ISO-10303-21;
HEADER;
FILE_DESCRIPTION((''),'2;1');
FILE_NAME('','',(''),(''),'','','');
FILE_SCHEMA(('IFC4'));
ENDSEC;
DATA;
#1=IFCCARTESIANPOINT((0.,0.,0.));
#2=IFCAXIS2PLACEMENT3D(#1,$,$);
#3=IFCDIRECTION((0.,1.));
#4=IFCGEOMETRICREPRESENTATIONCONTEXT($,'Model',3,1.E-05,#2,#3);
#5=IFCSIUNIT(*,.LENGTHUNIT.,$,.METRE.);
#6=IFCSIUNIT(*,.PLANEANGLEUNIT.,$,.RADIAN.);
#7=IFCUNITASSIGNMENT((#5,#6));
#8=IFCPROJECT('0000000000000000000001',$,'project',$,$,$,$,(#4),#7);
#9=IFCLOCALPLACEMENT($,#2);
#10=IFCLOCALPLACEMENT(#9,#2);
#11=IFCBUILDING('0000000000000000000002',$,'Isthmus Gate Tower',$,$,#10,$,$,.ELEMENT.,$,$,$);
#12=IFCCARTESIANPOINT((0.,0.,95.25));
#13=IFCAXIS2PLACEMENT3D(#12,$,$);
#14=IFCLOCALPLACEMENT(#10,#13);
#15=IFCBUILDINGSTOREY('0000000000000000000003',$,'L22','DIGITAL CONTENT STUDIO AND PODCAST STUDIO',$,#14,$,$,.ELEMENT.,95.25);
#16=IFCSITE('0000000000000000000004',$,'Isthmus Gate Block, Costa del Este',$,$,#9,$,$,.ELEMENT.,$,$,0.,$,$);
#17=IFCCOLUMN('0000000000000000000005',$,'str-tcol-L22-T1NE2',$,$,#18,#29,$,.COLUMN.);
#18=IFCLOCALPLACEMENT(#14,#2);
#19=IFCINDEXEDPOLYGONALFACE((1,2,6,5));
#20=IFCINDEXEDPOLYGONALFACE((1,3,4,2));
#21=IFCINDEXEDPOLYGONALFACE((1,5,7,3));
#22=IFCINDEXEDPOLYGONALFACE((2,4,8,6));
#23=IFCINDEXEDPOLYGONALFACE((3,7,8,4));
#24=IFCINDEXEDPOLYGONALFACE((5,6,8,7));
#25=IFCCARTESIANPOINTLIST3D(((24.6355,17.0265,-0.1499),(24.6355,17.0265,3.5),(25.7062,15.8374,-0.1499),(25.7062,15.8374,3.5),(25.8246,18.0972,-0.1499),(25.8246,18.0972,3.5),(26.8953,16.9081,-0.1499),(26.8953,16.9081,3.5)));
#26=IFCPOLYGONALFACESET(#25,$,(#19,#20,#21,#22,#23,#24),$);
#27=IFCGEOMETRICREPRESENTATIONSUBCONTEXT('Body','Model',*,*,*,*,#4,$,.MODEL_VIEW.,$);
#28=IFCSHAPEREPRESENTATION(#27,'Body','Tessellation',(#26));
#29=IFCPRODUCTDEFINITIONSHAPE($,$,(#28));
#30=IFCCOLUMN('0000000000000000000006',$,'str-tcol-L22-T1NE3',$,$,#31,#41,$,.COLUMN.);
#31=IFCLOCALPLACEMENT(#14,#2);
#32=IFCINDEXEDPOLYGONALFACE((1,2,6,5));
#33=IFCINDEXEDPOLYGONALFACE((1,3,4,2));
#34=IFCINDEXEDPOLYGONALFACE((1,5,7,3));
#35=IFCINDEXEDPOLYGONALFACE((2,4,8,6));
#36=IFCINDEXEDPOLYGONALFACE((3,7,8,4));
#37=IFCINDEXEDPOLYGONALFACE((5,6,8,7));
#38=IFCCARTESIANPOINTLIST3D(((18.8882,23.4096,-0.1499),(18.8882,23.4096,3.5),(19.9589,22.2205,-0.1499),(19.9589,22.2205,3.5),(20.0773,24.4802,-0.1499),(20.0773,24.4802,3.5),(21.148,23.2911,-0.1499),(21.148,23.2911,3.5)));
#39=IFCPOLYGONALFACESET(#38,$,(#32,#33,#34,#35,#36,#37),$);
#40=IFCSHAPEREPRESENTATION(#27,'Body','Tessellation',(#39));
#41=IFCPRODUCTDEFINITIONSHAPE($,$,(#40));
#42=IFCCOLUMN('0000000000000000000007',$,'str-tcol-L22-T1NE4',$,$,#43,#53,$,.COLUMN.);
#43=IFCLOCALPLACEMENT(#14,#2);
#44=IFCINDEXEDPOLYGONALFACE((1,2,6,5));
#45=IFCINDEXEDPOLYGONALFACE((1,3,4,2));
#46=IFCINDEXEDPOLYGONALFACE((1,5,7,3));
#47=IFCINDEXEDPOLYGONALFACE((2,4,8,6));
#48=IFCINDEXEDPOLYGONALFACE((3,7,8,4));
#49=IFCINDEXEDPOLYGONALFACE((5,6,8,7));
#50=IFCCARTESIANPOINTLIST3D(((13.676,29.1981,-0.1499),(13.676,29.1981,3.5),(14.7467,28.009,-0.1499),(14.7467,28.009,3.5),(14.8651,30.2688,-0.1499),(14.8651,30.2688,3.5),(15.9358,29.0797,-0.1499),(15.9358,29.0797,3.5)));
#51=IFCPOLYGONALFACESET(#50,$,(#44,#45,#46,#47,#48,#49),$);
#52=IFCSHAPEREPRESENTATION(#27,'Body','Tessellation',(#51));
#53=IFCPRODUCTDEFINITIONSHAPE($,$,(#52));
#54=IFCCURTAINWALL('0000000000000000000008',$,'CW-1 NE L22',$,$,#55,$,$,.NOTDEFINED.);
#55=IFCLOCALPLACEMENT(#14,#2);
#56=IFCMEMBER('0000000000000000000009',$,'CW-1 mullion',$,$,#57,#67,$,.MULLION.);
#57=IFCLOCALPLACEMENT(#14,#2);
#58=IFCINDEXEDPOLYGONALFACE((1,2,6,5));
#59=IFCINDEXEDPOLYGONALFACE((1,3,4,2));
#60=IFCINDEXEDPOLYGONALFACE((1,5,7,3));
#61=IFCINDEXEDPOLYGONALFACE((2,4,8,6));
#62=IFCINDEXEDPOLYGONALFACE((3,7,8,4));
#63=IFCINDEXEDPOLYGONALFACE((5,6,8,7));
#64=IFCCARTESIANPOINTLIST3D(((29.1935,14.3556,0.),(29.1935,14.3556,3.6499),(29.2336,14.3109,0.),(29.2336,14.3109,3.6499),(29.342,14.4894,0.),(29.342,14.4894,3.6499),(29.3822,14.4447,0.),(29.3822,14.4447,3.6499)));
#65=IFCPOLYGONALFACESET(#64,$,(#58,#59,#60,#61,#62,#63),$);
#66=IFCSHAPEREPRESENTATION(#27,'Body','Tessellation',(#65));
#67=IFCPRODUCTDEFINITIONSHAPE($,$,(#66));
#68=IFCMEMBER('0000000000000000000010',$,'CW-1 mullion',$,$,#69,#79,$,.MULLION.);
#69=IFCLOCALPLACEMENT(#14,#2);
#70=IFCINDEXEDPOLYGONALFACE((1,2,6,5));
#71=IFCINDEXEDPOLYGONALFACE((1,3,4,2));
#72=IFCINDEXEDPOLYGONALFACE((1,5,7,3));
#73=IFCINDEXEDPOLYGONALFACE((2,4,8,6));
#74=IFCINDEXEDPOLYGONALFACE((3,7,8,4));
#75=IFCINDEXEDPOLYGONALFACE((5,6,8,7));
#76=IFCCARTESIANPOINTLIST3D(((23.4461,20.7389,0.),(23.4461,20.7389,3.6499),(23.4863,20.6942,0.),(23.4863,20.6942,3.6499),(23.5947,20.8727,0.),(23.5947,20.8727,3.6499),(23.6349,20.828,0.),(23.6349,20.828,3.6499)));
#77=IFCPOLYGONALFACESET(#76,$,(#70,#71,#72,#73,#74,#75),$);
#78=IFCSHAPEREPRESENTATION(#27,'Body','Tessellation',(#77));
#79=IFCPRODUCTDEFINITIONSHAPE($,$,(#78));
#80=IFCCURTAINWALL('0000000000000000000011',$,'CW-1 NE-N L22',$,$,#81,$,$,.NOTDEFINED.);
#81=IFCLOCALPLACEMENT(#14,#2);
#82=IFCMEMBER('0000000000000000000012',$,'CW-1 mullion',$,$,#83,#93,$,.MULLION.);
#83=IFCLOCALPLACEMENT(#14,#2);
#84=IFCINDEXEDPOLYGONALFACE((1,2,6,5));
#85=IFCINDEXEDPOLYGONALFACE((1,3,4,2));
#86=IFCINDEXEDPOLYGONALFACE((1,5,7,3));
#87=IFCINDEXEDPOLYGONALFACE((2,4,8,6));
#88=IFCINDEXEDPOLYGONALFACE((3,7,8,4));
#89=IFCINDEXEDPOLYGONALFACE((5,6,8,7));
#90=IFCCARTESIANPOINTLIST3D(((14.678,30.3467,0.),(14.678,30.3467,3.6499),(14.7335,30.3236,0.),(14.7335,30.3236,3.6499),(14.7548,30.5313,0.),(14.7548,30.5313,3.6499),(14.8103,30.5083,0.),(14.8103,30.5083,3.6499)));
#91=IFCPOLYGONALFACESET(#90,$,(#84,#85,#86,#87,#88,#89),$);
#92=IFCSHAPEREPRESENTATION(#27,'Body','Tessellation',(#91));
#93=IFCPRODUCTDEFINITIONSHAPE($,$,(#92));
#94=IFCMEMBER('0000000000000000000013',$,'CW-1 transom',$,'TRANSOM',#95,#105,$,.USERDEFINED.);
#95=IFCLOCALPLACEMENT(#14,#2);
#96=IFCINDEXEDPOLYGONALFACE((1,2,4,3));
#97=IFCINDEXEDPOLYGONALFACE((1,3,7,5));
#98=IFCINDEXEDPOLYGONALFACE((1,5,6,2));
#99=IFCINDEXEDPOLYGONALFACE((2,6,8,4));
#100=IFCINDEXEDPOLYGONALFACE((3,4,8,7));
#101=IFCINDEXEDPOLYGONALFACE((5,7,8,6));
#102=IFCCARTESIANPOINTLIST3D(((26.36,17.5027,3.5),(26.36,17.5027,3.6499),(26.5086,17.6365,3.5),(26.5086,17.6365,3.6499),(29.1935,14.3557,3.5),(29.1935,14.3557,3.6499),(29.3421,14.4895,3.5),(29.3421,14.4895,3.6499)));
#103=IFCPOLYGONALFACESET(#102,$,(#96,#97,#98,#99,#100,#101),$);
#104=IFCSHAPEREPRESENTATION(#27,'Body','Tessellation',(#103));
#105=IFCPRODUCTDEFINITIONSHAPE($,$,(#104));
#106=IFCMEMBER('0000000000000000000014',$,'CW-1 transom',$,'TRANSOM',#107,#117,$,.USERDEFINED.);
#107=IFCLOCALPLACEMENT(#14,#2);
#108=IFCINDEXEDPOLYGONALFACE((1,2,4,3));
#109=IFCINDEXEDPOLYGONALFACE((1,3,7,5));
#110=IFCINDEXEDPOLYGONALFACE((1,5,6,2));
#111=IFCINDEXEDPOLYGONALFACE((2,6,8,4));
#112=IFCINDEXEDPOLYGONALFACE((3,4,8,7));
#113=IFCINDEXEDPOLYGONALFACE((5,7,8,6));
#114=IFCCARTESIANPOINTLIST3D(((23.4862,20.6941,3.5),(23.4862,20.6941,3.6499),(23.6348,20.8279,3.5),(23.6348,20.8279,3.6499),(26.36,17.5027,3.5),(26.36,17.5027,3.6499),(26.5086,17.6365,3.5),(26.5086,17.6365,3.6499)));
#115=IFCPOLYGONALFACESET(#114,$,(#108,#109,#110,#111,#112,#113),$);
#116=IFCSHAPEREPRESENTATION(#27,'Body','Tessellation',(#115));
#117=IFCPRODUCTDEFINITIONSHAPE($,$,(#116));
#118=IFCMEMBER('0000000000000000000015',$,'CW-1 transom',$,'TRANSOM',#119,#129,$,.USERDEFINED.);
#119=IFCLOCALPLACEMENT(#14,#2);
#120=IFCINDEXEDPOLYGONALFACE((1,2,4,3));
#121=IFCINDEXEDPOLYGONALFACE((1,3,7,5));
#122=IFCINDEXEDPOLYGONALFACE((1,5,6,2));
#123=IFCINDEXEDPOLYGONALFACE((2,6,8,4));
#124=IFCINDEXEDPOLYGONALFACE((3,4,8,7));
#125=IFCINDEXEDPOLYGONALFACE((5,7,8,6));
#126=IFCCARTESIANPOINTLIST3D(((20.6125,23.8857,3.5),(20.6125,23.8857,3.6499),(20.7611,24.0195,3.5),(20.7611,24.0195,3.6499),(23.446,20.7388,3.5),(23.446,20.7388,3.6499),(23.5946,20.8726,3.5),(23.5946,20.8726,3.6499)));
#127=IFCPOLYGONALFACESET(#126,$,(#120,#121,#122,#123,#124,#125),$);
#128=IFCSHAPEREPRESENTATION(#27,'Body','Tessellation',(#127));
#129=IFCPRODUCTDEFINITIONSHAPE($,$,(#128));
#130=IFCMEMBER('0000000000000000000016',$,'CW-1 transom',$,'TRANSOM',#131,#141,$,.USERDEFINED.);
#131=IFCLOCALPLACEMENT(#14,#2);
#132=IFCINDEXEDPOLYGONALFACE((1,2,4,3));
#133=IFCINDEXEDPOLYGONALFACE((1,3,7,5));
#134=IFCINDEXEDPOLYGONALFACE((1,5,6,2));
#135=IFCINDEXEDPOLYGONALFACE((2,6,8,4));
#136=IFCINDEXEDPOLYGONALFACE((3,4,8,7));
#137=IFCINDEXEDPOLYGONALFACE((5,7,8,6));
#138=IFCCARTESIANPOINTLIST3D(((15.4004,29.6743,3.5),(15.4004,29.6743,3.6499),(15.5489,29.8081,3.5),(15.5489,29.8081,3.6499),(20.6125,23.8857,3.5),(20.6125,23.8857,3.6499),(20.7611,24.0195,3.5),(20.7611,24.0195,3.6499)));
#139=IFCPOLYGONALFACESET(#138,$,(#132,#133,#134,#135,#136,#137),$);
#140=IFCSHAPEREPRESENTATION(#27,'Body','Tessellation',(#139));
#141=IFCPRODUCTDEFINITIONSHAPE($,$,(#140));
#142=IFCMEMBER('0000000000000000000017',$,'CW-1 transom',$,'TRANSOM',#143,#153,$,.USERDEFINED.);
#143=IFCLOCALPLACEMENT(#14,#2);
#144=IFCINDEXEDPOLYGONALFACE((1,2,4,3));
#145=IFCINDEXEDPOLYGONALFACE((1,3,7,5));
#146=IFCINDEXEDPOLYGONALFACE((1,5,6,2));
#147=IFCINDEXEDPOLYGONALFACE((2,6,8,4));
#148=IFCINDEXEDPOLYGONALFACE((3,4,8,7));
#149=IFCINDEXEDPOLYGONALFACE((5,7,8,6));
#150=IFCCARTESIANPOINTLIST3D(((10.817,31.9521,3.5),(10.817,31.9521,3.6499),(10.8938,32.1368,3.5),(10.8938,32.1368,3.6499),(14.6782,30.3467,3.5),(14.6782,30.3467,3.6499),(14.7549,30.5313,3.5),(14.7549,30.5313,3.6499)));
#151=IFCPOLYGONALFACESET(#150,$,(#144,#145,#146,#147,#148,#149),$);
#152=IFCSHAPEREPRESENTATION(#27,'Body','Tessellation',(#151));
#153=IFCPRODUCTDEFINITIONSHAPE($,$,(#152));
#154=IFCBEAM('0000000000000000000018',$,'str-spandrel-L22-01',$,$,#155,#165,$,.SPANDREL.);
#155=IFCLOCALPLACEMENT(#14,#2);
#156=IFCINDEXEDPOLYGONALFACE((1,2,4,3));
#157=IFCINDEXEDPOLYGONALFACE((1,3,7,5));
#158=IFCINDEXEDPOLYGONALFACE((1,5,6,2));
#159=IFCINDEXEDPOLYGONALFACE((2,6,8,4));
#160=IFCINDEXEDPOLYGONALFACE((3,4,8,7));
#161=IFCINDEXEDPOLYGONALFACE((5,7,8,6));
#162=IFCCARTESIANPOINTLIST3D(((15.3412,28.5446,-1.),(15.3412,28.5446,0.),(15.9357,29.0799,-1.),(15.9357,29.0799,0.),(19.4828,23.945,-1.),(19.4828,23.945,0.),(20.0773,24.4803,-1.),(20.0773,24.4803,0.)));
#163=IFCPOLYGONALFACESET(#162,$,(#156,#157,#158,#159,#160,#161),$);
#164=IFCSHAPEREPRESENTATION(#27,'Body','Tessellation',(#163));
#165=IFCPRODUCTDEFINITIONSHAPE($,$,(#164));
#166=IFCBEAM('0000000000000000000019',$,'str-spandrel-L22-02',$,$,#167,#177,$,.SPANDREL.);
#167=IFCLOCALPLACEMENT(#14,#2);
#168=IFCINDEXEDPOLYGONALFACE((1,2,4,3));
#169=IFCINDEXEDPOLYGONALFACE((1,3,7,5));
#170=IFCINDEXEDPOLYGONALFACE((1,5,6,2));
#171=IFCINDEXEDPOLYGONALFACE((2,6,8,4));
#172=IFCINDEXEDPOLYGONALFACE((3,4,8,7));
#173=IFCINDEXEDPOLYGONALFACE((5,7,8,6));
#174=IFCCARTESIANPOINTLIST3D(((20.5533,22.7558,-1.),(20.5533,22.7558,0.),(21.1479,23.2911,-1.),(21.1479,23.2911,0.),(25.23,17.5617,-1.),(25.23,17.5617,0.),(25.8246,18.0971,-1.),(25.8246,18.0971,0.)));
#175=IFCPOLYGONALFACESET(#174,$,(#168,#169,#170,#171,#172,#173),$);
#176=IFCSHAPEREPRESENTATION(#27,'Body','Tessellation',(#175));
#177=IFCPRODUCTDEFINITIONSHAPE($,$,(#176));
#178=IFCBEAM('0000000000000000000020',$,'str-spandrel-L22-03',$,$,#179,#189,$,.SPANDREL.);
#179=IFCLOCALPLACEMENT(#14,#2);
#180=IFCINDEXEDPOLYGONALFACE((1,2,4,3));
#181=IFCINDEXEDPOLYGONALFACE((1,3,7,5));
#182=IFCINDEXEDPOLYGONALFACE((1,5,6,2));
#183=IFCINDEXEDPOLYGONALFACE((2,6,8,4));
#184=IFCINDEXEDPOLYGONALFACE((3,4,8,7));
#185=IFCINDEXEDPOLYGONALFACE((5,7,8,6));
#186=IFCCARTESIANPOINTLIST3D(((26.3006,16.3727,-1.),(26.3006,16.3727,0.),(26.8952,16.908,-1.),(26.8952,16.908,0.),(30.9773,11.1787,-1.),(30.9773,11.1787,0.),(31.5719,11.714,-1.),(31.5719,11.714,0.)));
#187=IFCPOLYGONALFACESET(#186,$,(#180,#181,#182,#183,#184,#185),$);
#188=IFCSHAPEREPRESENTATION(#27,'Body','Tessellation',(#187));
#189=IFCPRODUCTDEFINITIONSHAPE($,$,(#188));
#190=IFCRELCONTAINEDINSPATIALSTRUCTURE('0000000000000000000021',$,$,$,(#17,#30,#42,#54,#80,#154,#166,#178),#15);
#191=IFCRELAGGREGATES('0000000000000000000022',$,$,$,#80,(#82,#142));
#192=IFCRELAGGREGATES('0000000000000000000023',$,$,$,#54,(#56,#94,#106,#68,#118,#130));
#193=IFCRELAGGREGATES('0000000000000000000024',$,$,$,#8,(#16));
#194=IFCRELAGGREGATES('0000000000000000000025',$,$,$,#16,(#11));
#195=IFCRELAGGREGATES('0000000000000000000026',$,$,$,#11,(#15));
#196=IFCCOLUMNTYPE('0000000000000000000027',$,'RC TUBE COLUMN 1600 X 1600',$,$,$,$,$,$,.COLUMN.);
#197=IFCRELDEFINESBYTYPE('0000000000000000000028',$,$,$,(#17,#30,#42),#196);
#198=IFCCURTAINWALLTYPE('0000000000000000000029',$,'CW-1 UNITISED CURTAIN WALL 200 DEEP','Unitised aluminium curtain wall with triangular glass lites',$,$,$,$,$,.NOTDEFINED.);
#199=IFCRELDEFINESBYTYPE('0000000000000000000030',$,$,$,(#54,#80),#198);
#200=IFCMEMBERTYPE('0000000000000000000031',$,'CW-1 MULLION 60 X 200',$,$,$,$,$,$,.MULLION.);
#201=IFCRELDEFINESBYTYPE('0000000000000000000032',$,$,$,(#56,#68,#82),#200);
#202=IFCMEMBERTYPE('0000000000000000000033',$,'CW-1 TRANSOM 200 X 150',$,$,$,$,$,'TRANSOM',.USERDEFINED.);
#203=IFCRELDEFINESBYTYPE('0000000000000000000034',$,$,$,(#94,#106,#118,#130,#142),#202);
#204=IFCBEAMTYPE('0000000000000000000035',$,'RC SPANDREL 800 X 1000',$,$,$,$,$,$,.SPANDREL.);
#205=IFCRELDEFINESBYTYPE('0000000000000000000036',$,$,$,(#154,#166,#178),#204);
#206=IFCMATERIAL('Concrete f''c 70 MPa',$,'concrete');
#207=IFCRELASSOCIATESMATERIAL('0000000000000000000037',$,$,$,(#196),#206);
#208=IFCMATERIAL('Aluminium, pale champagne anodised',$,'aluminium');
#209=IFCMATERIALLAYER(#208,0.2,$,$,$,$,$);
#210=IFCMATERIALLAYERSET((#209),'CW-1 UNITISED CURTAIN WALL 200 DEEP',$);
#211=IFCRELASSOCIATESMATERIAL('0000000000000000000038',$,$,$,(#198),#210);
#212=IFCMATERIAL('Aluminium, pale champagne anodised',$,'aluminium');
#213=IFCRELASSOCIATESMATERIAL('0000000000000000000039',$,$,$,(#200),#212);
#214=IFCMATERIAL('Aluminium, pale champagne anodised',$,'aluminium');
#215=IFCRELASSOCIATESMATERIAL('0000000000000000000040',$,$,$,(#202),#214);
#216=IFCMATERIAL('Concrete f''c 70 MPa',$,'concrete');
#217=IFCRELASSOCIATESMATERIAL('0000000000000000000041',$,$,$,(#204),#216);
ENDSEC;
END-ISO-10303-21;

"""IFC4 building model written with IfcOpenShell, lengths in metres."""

from ifc_helpers import new_model, si_unit, direction, frame, origin, origin_2d, place, context, subcontext, project, spatial, rectangle, extrude, material, layer, layer_set, material_profile, profile_set, type_object, element, aggregate, save


model = new_model("IFC4")

# Units and contexts
model_context = context("Model", 3, precision=1e-05, world=origin(), true_north=direction((0.0, 1.0)))
body_context = subcontext(model_context, "Body", "Model", "MODEL_VIEW")
ifc_project = project(units=[si_unit("LENGTHUNIT", "METRE"), si_unit("PLANEANGLEUNIT", "RADIAN")], contexts=[model_context])

# Site, building, storey
site_placement = place(None, origin())
site = spatial("IfcSite", under=ifc_project, at=site_placement, Name="Isthmus Gate Block, Costa del Este", CompositionType="ELEMENT", RefElevation=0.0)
building_placement = place(site_placement, origin())
building = spatial("IfcBuilding", under=site, at=building_placement, Name="Isthmus Gate Tower", CompositionType="ELEMENT")
storey_placement = place(building_placement, frame((0.0, 0.0, 95.25)))
storey = spatial("IfcBuildingStorey", under=building, at=storey_placement, Name="L22", Description="DIGITAL CONTENT STUDIO AND PODCAST STUDIO", CompositionType="ELEMENT", Elevation=95.25)

# Columns
ifc_material_1 = material(Name="Concrete f'c 70 MPa", Category="concrete")
ifc_material_profile_1 = material_profile(ifc_material_1, rectangle(XDim=1.6001, YDim=1.6001, at=origin_2d()), Name="RC 1600X1600")
ifc_profile_set_1 = profile_set([ifc_material_profile_1], Name="Concrete f'c 70 MPa")
column_type = type_object("IfcColumnType", Name="RC TUBE COLUMN 1600 X 1600", PredefinedType="COLUMN", material=ifc_profile_set_1)
for number, where, z_axis, x_axis, name in (
    (1, (25.7654, 16.9673, -0.1499), (0.0, 0.0, 1.0), (-0.669131, 0.743145, 0.0), "str-tcol-L22-T1NE2"),
    (2, (20.0181, 23.3503, -0.1499), (0.0, 0.0, 1.0), (-0.669131, 0.743145, 0.0), "str-tcol-L22-T1NE3"),
    (3, (14.8059, 29.1389, -0.1499), (0.0, 0.0, 1.0), (-0.669131, 0.743145, 0.0), "str-tcol-L22-T1NE4"),
):
    element("IfcColumn", number, at=place(storey_placement, frame(where, z_axis=z_axis, x_axis=x_axis)), inside=storey, type_object=column_type, Name=name, PredefinedType="COLUMN", context=body_context, shape_type="SweptSolid", body=[
        extrude(rectangle(XDim=1.6001, YDim=1.6001, at=origin_2d()), origin(), (0.0, 0.0, 1.0), 3.6499),
    ])

# Curtain wall, members
ifc_material_2 = material(Name="Aluminium, pale champagne anodised", Category="aluminium")
ifc_layer_1 = layer(ifc_material_2, 0.2)
ifc_layer_set_1 = layer_set([ifc_layer_1], Name="CW-1 UNITISED CURTAIN WALL 200 DEEP")
curtain_wall_type = type_object("IfcCurtainWallType", Name="CW-1 UNITISED CURTAIN WALL 200 DEEP", Description="Unitised aluminium curtain wall with triangular glass lites", PredefinedType="NOTDEFINED", material=ifc_layer_set_1)
curtain_wall_1_placement = place(storey_placement, origin())
curtain_wall_1 = element("IfcCurtainWall", 4, at=curtain_wall_1_placement, inside=storey, type_object=curtain_wall_type, Name="CW-1 NE L22", PredefinedType="NOTDEFINED")
ifc_material_3 = material(Name="Aluminium, pale champagne anodised", Category="aluminium")
ifc_material_profile_2 = material_profile(ifc_material_3, rectangle(XDim=0.0601, YDim=0.2, at=origin_2d()), Name="60x200")
ifc_profile_set_2 = profile_set([ifc_material_profile_2], Name="Aluminium, pale champagne anodised")
member_type_1 = type_object("IfcMemberType", Name="CW-1 MULLION 60 X 200", PredefinedType="MULLION", material=ifc_profile_set_2)
member_1_placement = place(storey_placement, frame((29.2878, 14.4001, 0.0), z_axis=(0.0, 0.0, 1.0), x_axis=(-0.669131, 0.743145, 0.0)))
member_1 = element("IfcMember", 5, at=member_1_placement, type_object=member_type_1, Name="CW-1 mullion", PredefinedType="MULLION", context=body_context, shape_type="SweptSolid", body=[
    extrude(rectangle(XDim=0.0601, YDim=0.2, at=origin_2d()), origin(), (0.0, 0.0, 1.0), 3.6499),
])
member_2_placement = place(storey_placement, frame((23.5405, 20.7834, 0.0), z_axis=(0.0, 0.0, 1.0), x_axis=(-0.669131, 0.743145, 0.0)))
member_2 = element("IfcMember", 6, at=member_2_placement, type_object=member_type_1, Name="CW-1 mullion", PredefinedType="MULLION", context=body_context, shape_type="SweptSolid", body=[
    extrude(rectangle(XDim=0.0601, YDim=0.2, at=origin_2d()), origin(), (0.0, 0.0, 1.0), 3.6499),
])

# Curtain wall, member
curtain_wall_2_placement = place(storey_placement, origin())
curtain_wall_2 = element("IfcCurtainWall", 7, at=curtain_wall_2_placement, inside=storey, type_object=curtain_wall_type, Name="CW-1 NE-N L22", PredefinedType="NOTDEFINED")
member_3_placement = place(storey_placement, frame((14.7441, 30.4275, 0.0), z_axis=(0.0, 0.0, 1.0), x_axis=(-0.923353, 0.383952, 0.0)))
member_3 = element("IfcMember", 8, at=member_3_placement, type_object=member_type_1, Name="CW-1 mullion", PredefinedType="MULLION", context=body_context, shape_type="SweptSolid", body=[
    extrude(rectangle(XDim=0.0601, YDim=0.2, at=origin_2d()), origin(), (0.0, 0.0, 1.0), 3.6499),
])

# Members
ifc_material_4 = material(Name="Aluminium, pale champagne anodised", Category="aluminium")
ifc_material_profile_3 = material_profile(ifc_material_4, rectangle(XDim=0.2, YDim=0.1499, at=origin_2d()), Name="200x150")
ifc_profile_set_3 = profile_set([ifc_material_profile_3], Name="Aluminium, pale champagne anodised")
member_type_2 = type_object("IfcMemberType", Name="CW-1 TRANSOM 200 X 150", ElementType="TRANSOM", PredefinedType="USERDEFINED", material=ifc_profile_set_3)
member_4_placement = place(storey_placement, frame((29.2678, 14.4226, 3.575), z_axis=(-0.669124, 0.743151, 0.0), x_axis=(-0.743151, -0.669124, 0.0)))
member_4 = element("IfcMember", 9, at=member_4_placement, type_object=member_type_2, Name="CW-1 transom", ObjectType="TRANSOM", PredefinedType="USERDEFINED", context=body_context, shape_type="SweptSolid", body=[
    extrude(rectangle(XDim=0.2, YDim=0.1499, at=origin_2d()), origin(), (0.0, 0.0, 1.0), 4.2346),
])
member_5_placement = place(storey_placement, frame((26.4343, 17.5696, 3.575), z_axis=(-0.669159, 0.743119, 0.0), x_axis=(-0.743119, -0.669159, 0.0)))
member_5 = element("IfcMember", 10, at=member_5_placement, type_object=member_type_2, Name="CW-1 transom", ObjectType="TRANSOM", PredefinedType="USERDEFINED", context=body_context, shape_type="SweptSolid", body=[
    extrude(rectangle(XDim=0.2, YDim=0.1499, at=origin_2d()), origin(), (0.0, 0.0, 1.0), 4.2947),
])
member_6_placement = place(storey_placement, frame((23.5203, 20.8057, 3.575), z_axis=(-0.669124, 0.743151, 0.0), x_axis=(-0.743151, -0.669124, 0.0)))
member_6 = element("IfcMember", 11, at=member_6_placement, type_object=member_type_2, Name="CW-1 transom", ObjectType="TRANSOM", PredefinedType="USERDEFINED", context=body_context, shape_type="SweptSolid", body=[
    extrude(rectangle(XDim=0.2, YDim=0.1499, at=origin_2d()), origin(), (0.0, 0.0, 1.0), 4.2346),
])
member_7_placement = place(storey_placement, frame((20.6868, 23.9526, 3.575), z_axis=(-0.669138, 0.743138, 0.0), x_axis=(-0.743138, -0.669138, 0.0)))
member_7 = element("IfcMember", 12, at=member_7_placement, type_object=member_type_2, Name="CW-1 transom", ObjectType="TRANSOM", PredefinedType="USERDEFINED", context=body_context, shape_type="SweptSolid", body=[
    extrude(rectangle(XDim=0.2, YDim=0.1499, at=origin_2d()), origin(), (0.0, 0.0, 1.0), 7.7893),
])
member_8_placement = place(storey_placement, frame((14.7166, 30.439, 3.575), z_axis=(-0.923358, 0.38394, 0.0), x_axis=(-0.38394, -0.923358, 0.0)))
member_8 = element("IfcMember", 13, at=member_8_placement, type_object=member_type_2, Name="CW-1 transom", ObjectType="TRANSOM", PredefinedType="USERDEFINED", context=body_context, shape_type="SweptSolid", body=[
    extrude(rectangle(XDim=0.2, YDim=0.1499, at=origin_2d()), origin(), (0.0, 0.0, 1.0), 4.1816),
])
aggregate(curtain_wall_2, [member_3, member_8])

# Beams
ifc_material_5 = material(Name="Concrete f'c 70 MPa", Category="concrete")
ifc_material_profile_4 = material_profile(ifc_material_5, rectangle(XDim=0.8, YDim=1.0, at=origin_2d()), Name="RC 800X1000")
ifc_profile_set_4 = profile_set([ifc_material_profile_4], Name="Concrete f'c 70 MPa")
beam_type_1 = type_object("IfcBeamType", Name="RC SPANDREL 800 X 1000", PredefinedType="SPANDREL", material=ifc_profile_set_4)
beam_1_placement = place(storey_placement, frame((15.6384, 28.8123, -0.5), z_axis=(0.669139, -0.743137, 0.0), x_axis=(0.743137, 0.669139, 0.0)))
element("IfcBeam", 14, at=beam_1_placement, inside=storey, type_object=beam_type_1, Name="str-spandrel-L22-01", PredefinedType="SPANDREL", context=body_context, shape_type="SweptSolid", body=[
    extrude(rectangle(XDim=0.8, YDim=1.0, at=origin_2d()), origin(), (0.0, 0.0, 1.0), 6.1895),
])
for number, where, z_axis, x_axis, name in (
    (15, (20.8506, 23.0234, -0.5), (0.669129, -0.743146, 0.0), (0.743146, 0.669129, 0.0), "str-spandrel-L22-02"),
    (16, (26.5979, 16.6404, -0.5), (0.669129, -0.743146, 0.0), (0.743146, 0.669129, 0.0), "str-spandrel-L22-03"),
):
    element("IfcBeam", number, at=place(storey_placement, frame(where, z_axis=z_axis, x_axis=x_axis)), inside=storey, type_object=beam_type_1, Name=name, PredefinedType="SPANDREL", context=body_context, shape_type="SweptSolid", body=[
        extrude(rectangle(XDim=0.8, YDim=1.0, at=origin_2d()), origin(), (0.0, 0.0, 1.0), 6.9893),
    ])

aggregate(curtain_wall_1, [member_1, member_4, member_5, member_2, member_6, member_7])

save(model, "model.ifc")
